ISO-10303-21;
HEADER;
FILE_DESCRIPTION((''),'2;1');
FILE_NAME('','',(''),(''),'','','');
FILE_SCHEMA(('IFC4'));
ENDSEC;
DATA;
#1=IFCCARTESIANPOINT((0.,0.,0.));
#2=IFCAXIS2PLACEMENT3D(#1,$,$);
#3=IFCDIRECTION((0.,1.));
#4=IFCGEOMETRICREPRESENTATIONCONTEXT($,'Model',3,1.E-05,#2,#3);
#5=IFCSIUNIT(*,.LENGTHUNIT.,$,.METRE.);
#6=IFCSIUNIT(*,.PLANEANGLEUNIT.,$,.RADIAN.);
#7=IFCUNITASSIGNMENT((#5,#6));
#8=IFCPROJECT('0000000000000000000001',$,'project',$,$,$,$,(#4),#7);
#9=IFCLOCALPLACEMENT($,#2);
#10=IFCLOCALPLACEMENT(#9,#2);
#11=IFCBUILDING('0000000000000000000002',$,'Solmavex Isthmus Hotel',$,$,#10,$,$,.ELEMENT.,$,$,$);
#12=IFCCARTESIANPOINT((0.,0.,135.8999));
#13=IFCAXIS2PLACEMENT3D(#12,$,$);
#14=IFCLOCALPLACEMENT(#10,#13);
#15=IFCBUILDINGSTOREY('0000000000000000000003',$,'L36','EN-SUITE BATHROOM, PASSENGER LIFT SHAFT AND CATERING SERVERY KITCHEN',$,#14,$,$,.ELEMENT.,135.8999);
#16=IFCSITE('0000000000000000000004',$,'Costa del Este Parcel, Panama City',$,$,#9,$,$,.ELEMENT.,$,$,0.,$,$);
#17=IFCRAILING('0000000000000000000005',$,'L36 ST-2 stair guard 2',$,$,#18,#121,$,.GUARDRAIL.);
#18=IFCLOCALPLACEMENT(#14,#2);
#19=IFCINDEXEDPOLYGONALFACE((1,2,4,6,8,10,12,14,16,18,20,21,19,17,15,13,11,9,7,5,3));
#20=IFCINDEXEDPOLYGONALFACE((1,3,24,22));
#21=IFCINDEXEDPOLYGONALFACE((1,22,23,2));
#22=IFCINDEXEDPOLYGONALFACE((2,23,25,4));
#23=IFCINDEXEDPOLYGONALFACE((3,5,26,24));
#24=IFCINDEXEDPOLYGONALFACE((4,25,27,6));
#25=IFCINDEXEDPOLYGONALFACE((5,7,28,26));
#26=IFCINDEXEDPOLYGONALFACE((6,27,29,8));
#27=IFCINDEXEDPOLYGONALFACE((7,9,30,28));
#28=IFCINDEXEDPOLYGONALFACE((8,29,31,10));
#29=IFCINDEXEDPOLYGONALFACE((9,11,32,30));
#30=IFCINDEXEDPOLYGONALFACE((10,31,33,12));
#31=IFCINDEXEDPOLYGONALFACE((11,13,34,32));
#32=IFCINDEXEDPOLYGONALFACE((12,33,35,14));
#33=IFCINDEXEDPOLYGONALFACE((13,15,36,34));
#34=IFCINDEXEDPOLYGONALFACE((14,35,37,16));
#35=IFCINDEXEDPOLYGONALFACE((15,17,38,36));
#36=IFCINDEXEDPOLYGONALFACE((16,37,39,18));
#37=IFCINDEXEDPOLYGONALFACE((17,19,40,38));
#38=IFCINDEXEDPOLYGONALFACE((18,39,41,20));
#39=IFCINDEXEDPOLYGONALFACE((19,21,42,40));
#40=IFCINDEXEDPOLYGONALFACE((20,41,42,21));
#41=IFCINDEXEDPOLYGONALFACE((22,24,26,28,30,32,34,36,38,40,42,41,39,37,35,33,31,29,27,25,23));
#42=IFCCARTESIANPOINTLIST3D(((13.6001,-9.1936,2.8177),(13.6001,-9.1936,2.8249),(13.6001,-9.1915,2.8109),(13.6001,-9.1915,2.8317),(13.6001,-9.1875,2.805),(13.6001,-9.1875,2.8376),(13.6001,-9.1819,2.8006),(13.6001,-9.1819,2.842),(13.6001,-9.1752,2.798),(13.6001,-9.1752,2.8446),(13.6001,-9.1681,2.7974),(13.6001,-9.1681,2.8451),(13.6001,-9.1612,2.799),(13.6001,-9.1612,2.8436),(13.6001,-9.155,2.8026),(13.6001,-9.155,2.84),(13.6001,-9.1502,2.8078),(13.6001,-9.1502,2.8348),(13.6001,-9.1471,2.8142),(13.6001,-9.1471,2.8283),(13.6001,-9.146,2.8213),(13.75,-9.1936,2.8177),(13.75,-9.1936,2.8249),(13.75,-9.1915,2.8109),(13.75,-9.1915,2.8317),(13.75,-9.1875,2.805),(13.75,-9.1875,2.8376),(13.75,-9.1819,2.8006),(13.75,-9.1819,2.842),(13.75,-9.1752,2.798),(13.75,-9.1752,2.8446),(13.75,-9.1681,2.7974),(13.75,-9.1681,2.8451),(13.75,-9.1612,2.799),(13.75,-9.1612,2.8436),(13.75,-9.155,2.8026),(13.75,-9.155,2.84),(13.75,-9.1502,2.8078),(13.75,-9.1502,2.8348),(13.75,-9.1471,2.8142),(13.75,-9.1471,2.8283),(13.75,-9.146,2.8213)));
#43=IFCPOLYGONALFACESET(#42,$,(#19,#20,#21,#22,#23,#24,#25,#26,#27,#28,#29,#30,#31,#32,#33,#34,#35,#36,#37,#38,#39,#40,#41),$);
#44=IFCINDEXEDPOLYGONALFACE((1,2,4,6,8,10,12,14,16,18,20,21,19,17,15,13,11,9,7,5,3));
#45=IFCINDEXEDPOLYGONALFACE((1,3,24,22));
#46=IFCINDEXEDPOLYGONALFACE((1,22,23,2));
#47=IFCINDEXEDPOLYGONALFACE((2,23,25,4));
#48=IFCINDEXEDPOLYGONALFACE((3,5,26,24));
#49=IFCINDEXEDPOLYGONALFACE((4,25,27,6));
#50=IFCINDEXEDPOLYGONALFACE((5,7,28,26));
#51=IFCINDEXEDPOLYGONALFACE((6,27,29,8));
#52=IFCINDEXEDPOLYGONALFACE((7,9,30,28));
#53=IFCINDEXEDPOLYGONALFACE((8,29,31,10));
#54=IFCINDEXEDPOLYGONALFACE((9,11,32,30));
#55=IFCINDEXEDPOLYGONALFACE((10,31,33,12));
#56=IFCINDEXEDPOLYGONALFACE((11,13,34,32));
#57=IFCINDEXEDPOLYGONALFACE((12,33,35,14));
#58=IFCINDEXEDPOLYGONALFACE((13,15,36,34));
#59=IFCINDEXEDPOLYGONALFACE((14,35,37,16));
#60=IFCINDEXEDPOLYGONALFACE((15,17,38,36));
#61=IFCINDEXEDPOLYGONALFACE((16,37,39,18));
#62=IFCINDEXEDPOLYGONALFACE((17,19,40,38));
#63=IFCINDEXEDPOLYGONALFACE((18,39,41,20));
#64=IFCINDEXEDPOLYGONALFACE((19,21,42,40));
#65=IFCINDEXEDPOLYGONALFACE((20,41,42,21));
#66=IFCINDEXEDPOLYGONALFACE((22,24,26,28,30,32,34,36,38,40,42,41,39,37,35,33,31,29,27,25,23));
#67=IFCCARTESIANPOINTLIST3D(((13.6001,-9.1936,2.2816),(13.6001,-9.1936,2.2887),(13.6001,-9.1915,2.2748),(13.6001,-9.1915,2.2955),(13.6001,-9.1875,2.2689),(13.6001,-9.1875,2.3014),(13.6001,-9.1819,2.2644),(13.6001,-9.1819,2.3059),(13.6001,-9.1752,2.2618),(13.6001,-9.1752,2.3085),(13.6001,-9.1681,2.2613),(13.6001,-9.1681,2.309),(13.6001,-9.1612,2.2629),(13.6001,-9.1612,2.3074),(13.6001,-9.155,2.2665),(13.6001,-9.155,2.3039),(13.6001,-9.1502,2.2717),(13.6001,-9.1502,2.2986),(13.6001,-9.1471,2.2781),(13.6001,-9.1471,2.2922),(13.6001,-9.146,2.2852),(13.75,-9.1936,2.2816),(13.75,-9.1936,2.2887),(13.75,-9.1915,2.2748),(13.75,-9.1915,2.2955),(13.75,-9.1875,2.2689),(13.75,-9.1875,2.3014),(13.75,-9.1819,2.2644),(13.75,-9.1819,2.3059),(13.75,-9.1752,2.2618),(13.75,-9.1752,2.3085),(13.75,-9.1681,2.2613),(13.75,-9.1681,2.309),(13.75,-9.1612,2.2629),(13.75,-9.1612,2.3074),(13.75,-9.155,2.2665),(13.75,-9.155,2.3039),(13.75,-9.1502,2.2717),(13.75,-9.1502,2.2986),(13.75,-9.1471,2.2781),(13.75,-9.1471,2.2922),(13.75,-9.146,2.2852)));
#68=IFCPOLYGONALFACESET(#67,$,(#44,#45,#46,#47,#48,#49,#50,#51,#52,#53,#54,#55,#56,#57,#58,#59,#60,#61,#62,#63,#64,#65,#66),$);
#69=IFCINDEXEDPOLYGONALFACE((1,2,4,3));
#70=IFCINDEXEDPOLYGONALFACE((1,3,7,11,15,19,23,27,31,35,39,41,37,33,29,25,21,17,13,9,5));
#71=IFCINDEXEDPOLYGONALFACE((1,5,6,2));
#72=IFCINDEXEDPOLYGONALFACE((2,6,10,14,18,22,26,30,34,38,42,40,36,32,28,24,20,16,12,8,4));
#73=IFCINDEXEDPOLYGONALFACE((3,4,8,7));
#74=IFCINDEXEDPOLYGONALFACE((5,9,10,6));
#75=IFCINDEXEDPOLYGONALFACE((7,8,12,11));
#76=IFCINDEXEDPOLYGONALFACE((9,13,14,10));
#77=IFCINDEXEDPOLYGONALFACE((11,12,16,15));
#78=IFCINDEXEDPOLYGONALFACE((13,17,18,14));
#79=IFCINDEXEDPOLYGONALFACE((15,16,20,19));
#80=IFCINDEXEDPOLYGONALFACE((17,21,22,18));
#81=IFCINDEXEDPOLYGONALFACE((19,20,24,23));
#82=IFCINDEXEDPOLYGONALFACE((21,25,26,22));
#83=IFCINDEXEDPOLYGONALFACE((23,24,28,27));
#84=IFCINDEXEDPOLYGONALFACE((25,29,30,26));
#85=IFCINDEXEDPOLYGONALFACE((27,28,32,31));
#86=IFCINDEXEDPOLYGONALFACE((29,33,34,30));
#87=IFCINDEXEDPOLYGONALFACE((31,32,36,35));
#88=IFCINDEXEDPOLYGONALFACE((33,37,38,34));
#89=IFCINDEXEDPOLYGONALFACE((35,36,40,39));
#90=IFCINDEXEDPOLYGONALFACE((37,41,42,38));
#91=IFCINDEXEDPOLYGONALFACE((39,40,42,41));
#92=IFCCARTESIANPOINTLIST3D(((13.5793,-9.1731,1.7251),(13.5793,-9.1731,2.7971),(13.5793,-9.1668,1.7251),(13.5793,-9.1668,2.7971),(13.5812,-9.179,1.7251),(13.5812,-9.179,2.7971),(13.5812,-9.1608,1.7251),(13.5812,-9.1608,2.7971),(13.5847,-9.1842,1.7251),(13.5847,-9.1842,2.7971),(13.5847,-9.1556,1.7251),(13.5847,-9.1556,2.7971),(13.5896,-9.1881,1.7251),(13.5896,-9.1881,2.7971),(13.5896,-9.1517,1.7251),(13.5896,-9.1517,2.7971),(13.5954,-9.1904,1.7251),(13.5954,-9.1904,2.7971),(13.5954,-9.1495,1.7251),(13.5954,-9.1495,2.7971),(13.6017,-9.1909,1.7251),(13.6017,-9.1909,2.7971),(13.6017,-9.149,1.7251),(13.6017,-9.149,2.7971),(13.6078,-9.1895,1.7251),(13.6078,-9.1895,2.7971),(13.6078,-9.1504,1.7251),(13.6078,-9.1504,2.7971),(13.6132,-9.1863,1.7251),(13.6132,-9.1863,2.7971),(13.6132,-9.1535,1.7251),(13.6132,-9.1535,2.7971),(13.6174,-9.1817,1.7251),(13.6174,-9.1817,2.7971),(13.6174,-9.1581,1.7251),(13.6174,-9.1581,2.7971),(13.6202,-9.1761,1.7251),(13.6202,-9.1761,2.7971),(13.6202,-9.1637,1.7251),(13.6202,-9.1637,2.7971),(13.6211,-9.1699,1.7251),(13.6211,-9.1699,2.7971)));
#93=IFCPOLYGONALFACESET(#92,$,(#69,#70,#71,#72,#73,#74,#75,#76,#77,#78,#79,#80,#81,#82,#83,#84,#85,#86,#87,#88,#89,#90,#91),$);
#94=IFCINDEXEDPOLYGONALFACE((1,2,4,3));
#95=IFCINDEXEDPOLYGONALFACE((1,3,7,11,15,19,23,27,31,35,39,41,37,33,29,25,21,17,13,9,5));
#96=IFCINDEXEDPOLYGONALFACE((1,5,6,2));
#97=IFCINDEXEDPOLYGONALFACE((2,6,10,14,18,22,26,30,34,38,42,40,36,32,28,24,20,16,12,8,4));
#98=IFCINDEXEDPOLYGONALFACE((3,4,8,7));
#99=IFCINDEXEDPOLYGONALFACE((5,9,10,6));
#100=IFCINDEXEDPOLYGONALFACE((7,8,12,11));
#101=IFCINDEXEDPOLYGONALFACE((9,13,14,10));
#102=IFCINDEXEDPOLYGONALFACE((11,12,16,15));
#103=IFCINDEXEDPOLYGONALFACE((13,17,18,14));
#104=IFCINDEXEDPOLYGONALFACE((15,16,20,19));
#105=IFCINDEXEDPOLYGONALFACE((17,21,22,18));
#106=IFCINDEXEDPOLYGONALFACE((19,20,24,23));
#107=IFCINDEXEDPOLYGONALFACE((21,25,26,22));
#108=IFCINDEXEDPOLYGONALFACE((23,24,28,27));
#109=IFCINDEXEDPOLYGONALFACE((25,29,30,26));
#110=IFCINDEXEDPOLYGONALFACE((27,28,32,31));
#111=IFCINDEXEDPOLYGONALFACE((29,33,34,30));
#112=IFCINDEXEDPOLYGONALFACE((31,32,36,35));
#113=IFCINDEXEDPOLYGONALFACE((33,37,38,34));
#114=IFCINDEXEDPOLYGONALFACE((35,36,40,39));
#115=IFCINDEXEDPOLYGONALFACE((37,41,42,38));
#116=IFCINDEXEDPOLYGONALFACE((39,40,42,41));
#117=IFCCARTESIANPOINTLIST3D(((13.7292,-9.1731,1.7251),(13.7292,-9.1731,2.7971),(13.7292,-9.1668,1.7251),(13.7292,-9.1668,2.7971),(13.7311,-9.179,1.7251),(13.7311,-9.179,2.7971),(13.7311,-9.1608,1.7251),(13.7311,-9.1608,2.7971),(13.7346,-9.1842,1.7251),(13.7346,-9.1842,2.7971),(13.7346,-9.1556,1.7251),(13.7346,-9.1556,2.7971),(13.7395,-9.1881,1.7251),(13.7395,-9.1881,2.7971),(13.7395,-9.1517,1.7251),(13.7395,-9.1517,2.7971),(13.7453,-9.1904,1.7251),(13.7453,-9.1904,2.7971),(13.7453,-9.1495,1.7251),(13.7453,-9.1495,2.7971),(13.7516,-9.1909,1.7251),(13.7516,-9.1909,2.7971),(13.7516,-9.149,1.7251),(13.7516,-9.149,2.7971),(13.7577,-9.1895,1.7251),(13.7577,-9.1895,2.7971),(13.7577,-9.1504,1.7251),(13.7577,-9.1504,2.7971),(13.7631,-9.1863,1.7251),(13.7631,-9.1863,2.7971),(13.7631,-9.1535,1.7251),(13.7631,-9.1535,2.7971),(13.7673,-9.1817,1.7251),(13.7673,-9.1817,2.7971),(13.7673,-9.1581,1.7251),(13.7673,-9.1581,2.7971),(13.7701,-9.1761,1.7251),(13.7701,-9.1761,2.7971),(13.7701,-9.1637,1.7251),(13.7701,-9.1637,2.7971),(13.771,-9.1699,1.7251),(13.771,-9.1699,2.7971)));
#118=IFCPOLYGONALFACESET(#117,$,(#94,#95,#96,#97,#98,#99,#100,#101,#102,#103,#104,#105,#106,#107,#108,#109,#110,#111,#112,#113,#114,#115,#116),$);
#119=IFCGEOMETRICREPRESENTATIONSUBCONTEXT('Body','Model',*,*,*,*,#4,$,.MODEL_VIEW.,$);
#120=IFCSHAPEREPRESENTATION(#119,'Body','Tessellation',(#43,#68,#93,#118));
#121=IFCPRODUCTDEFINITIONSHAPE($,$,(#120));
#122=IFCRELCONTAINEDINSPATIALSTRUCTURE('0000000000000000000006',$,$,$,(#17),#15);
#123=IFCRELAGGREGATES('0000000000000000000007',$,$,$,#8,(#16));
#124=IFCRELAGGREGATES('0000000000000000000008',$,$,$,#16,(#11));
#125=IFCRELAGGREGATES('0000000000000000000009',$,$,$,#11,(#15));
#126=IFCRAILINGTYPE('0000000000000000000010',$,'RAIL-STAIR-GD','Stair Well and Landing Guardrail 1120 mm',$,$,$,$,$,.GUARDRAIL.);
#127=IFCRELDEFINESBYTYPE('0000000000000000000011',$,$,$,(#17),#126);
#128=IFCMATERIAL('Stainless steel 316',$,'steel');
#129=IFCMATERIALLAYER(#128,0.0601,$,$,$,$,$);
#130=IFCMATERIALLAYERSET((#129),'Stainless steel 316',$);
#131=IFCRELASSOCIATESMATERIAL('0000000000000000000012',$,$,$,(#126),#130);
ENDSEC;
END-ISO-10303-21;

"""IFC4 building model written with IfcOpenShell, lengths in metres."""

from ifc_helpers import new_model, si_unit, direction, frame, origin, origin_2d, place, context, subcontext, project, spatial, circle, extrude, material, layer, layer_set, type_object, element, save


model = new_model("IFC4")

# Units and contexts
model_context = context("Model", 3, precision=1e-05, world=origin(), true_north=direction((0.0, 1.0)))
body_context = subcontext(model_context, "Body", "Model", "MODEL_VIEW")
ifc_project = project(units=[si_unit("LENGTHUNIT", "METRE"), si_unit("PLANEANGLEUNIT", "RADIAN")], contexts=[model_context])

# Site, building, storey
site_placement = place(None, origin())
site = spatial("IfcSite", under=ifc_project, at=site_placement, Name="Costa del Este Parcel, Panama City", CompositionType="ELEMENT", RefElevation=0.0)
building_placement = place(site_placement, origin())
building = spatial("IfcBuilding", under=site, at=building_placement, Name="Solmavex Isthmus Hotel", CompositionType="ELEMENT")
storey_placement = place(building_placement, frame((0.0, 0.0, 135.8999)))
storey = spatial("IfcBuildingStorey", under=building, at=storey_placement, Name="L36", Description="EN-SUITE BATHROOM, PASSENGER LIFT SHAFT AND CATERING SERVERY KITCHEN", CompositionType="ELEMENT", Elevation=135.8999)

# Railing
ifc_material_1 = material(Name="Stainless steel 316", Category="steel")
ifc_layer_1 = layer(ifc_material_1, 0.0601)
ifc_layer_set_1 = layer_set([ifc_layer_1], Name="Stainless steel 316")
railing_type_1 = type_object("IfcRailingType", Name="RAIL-STAIR-GD", Description="Stair Well and Landing Guardrail 1120 mm", PredefinedType="GUARDRAIL", material=ifc_layer_set_1)
railing_1_placement = place(storey_placement, frame((13.6001, -9.1699, 1.7251)))
element("IfcRailing", 1, at=railing_1_placement, inside=storey, type_object=railing_type_1, Name="L36 ST-2 stair guard 2", PredefinedType="GUARDRAIL", context=body_context, shape_type="SweptSolid", body=[
    extrude(circle(Radius=0.0239, at=origin_2d()), frame((0.0, 0.0, 1.0962), z_axis=(1.0, 0.0, 0.0), x_axis=(0.0, 1.0, 0.0)), (0.0, 0.0, 1.0), 0.1499),
    extrude(circle(Radius=0.0239, at=origin_2d()), frame((0.0, 0.0, 0.5601), z_axis=(1.0, 0.0, 0.0), x_axis=(0.0, 1.0, 0.0)), (0.0, 0.0, 1.0), 0.1499),
    extrude(circle(Radius=0.021, at=origin_2d()), origin(), (0.0, 0.0, 1.0), 1.072),
    extrude(circle(Radius=0.021, at=origin_2d()), frame((0.1499, 0.0, 0.0)), (0.0, 0.0, 1.0), 1.072),
])

save(model, "model.ifc")
